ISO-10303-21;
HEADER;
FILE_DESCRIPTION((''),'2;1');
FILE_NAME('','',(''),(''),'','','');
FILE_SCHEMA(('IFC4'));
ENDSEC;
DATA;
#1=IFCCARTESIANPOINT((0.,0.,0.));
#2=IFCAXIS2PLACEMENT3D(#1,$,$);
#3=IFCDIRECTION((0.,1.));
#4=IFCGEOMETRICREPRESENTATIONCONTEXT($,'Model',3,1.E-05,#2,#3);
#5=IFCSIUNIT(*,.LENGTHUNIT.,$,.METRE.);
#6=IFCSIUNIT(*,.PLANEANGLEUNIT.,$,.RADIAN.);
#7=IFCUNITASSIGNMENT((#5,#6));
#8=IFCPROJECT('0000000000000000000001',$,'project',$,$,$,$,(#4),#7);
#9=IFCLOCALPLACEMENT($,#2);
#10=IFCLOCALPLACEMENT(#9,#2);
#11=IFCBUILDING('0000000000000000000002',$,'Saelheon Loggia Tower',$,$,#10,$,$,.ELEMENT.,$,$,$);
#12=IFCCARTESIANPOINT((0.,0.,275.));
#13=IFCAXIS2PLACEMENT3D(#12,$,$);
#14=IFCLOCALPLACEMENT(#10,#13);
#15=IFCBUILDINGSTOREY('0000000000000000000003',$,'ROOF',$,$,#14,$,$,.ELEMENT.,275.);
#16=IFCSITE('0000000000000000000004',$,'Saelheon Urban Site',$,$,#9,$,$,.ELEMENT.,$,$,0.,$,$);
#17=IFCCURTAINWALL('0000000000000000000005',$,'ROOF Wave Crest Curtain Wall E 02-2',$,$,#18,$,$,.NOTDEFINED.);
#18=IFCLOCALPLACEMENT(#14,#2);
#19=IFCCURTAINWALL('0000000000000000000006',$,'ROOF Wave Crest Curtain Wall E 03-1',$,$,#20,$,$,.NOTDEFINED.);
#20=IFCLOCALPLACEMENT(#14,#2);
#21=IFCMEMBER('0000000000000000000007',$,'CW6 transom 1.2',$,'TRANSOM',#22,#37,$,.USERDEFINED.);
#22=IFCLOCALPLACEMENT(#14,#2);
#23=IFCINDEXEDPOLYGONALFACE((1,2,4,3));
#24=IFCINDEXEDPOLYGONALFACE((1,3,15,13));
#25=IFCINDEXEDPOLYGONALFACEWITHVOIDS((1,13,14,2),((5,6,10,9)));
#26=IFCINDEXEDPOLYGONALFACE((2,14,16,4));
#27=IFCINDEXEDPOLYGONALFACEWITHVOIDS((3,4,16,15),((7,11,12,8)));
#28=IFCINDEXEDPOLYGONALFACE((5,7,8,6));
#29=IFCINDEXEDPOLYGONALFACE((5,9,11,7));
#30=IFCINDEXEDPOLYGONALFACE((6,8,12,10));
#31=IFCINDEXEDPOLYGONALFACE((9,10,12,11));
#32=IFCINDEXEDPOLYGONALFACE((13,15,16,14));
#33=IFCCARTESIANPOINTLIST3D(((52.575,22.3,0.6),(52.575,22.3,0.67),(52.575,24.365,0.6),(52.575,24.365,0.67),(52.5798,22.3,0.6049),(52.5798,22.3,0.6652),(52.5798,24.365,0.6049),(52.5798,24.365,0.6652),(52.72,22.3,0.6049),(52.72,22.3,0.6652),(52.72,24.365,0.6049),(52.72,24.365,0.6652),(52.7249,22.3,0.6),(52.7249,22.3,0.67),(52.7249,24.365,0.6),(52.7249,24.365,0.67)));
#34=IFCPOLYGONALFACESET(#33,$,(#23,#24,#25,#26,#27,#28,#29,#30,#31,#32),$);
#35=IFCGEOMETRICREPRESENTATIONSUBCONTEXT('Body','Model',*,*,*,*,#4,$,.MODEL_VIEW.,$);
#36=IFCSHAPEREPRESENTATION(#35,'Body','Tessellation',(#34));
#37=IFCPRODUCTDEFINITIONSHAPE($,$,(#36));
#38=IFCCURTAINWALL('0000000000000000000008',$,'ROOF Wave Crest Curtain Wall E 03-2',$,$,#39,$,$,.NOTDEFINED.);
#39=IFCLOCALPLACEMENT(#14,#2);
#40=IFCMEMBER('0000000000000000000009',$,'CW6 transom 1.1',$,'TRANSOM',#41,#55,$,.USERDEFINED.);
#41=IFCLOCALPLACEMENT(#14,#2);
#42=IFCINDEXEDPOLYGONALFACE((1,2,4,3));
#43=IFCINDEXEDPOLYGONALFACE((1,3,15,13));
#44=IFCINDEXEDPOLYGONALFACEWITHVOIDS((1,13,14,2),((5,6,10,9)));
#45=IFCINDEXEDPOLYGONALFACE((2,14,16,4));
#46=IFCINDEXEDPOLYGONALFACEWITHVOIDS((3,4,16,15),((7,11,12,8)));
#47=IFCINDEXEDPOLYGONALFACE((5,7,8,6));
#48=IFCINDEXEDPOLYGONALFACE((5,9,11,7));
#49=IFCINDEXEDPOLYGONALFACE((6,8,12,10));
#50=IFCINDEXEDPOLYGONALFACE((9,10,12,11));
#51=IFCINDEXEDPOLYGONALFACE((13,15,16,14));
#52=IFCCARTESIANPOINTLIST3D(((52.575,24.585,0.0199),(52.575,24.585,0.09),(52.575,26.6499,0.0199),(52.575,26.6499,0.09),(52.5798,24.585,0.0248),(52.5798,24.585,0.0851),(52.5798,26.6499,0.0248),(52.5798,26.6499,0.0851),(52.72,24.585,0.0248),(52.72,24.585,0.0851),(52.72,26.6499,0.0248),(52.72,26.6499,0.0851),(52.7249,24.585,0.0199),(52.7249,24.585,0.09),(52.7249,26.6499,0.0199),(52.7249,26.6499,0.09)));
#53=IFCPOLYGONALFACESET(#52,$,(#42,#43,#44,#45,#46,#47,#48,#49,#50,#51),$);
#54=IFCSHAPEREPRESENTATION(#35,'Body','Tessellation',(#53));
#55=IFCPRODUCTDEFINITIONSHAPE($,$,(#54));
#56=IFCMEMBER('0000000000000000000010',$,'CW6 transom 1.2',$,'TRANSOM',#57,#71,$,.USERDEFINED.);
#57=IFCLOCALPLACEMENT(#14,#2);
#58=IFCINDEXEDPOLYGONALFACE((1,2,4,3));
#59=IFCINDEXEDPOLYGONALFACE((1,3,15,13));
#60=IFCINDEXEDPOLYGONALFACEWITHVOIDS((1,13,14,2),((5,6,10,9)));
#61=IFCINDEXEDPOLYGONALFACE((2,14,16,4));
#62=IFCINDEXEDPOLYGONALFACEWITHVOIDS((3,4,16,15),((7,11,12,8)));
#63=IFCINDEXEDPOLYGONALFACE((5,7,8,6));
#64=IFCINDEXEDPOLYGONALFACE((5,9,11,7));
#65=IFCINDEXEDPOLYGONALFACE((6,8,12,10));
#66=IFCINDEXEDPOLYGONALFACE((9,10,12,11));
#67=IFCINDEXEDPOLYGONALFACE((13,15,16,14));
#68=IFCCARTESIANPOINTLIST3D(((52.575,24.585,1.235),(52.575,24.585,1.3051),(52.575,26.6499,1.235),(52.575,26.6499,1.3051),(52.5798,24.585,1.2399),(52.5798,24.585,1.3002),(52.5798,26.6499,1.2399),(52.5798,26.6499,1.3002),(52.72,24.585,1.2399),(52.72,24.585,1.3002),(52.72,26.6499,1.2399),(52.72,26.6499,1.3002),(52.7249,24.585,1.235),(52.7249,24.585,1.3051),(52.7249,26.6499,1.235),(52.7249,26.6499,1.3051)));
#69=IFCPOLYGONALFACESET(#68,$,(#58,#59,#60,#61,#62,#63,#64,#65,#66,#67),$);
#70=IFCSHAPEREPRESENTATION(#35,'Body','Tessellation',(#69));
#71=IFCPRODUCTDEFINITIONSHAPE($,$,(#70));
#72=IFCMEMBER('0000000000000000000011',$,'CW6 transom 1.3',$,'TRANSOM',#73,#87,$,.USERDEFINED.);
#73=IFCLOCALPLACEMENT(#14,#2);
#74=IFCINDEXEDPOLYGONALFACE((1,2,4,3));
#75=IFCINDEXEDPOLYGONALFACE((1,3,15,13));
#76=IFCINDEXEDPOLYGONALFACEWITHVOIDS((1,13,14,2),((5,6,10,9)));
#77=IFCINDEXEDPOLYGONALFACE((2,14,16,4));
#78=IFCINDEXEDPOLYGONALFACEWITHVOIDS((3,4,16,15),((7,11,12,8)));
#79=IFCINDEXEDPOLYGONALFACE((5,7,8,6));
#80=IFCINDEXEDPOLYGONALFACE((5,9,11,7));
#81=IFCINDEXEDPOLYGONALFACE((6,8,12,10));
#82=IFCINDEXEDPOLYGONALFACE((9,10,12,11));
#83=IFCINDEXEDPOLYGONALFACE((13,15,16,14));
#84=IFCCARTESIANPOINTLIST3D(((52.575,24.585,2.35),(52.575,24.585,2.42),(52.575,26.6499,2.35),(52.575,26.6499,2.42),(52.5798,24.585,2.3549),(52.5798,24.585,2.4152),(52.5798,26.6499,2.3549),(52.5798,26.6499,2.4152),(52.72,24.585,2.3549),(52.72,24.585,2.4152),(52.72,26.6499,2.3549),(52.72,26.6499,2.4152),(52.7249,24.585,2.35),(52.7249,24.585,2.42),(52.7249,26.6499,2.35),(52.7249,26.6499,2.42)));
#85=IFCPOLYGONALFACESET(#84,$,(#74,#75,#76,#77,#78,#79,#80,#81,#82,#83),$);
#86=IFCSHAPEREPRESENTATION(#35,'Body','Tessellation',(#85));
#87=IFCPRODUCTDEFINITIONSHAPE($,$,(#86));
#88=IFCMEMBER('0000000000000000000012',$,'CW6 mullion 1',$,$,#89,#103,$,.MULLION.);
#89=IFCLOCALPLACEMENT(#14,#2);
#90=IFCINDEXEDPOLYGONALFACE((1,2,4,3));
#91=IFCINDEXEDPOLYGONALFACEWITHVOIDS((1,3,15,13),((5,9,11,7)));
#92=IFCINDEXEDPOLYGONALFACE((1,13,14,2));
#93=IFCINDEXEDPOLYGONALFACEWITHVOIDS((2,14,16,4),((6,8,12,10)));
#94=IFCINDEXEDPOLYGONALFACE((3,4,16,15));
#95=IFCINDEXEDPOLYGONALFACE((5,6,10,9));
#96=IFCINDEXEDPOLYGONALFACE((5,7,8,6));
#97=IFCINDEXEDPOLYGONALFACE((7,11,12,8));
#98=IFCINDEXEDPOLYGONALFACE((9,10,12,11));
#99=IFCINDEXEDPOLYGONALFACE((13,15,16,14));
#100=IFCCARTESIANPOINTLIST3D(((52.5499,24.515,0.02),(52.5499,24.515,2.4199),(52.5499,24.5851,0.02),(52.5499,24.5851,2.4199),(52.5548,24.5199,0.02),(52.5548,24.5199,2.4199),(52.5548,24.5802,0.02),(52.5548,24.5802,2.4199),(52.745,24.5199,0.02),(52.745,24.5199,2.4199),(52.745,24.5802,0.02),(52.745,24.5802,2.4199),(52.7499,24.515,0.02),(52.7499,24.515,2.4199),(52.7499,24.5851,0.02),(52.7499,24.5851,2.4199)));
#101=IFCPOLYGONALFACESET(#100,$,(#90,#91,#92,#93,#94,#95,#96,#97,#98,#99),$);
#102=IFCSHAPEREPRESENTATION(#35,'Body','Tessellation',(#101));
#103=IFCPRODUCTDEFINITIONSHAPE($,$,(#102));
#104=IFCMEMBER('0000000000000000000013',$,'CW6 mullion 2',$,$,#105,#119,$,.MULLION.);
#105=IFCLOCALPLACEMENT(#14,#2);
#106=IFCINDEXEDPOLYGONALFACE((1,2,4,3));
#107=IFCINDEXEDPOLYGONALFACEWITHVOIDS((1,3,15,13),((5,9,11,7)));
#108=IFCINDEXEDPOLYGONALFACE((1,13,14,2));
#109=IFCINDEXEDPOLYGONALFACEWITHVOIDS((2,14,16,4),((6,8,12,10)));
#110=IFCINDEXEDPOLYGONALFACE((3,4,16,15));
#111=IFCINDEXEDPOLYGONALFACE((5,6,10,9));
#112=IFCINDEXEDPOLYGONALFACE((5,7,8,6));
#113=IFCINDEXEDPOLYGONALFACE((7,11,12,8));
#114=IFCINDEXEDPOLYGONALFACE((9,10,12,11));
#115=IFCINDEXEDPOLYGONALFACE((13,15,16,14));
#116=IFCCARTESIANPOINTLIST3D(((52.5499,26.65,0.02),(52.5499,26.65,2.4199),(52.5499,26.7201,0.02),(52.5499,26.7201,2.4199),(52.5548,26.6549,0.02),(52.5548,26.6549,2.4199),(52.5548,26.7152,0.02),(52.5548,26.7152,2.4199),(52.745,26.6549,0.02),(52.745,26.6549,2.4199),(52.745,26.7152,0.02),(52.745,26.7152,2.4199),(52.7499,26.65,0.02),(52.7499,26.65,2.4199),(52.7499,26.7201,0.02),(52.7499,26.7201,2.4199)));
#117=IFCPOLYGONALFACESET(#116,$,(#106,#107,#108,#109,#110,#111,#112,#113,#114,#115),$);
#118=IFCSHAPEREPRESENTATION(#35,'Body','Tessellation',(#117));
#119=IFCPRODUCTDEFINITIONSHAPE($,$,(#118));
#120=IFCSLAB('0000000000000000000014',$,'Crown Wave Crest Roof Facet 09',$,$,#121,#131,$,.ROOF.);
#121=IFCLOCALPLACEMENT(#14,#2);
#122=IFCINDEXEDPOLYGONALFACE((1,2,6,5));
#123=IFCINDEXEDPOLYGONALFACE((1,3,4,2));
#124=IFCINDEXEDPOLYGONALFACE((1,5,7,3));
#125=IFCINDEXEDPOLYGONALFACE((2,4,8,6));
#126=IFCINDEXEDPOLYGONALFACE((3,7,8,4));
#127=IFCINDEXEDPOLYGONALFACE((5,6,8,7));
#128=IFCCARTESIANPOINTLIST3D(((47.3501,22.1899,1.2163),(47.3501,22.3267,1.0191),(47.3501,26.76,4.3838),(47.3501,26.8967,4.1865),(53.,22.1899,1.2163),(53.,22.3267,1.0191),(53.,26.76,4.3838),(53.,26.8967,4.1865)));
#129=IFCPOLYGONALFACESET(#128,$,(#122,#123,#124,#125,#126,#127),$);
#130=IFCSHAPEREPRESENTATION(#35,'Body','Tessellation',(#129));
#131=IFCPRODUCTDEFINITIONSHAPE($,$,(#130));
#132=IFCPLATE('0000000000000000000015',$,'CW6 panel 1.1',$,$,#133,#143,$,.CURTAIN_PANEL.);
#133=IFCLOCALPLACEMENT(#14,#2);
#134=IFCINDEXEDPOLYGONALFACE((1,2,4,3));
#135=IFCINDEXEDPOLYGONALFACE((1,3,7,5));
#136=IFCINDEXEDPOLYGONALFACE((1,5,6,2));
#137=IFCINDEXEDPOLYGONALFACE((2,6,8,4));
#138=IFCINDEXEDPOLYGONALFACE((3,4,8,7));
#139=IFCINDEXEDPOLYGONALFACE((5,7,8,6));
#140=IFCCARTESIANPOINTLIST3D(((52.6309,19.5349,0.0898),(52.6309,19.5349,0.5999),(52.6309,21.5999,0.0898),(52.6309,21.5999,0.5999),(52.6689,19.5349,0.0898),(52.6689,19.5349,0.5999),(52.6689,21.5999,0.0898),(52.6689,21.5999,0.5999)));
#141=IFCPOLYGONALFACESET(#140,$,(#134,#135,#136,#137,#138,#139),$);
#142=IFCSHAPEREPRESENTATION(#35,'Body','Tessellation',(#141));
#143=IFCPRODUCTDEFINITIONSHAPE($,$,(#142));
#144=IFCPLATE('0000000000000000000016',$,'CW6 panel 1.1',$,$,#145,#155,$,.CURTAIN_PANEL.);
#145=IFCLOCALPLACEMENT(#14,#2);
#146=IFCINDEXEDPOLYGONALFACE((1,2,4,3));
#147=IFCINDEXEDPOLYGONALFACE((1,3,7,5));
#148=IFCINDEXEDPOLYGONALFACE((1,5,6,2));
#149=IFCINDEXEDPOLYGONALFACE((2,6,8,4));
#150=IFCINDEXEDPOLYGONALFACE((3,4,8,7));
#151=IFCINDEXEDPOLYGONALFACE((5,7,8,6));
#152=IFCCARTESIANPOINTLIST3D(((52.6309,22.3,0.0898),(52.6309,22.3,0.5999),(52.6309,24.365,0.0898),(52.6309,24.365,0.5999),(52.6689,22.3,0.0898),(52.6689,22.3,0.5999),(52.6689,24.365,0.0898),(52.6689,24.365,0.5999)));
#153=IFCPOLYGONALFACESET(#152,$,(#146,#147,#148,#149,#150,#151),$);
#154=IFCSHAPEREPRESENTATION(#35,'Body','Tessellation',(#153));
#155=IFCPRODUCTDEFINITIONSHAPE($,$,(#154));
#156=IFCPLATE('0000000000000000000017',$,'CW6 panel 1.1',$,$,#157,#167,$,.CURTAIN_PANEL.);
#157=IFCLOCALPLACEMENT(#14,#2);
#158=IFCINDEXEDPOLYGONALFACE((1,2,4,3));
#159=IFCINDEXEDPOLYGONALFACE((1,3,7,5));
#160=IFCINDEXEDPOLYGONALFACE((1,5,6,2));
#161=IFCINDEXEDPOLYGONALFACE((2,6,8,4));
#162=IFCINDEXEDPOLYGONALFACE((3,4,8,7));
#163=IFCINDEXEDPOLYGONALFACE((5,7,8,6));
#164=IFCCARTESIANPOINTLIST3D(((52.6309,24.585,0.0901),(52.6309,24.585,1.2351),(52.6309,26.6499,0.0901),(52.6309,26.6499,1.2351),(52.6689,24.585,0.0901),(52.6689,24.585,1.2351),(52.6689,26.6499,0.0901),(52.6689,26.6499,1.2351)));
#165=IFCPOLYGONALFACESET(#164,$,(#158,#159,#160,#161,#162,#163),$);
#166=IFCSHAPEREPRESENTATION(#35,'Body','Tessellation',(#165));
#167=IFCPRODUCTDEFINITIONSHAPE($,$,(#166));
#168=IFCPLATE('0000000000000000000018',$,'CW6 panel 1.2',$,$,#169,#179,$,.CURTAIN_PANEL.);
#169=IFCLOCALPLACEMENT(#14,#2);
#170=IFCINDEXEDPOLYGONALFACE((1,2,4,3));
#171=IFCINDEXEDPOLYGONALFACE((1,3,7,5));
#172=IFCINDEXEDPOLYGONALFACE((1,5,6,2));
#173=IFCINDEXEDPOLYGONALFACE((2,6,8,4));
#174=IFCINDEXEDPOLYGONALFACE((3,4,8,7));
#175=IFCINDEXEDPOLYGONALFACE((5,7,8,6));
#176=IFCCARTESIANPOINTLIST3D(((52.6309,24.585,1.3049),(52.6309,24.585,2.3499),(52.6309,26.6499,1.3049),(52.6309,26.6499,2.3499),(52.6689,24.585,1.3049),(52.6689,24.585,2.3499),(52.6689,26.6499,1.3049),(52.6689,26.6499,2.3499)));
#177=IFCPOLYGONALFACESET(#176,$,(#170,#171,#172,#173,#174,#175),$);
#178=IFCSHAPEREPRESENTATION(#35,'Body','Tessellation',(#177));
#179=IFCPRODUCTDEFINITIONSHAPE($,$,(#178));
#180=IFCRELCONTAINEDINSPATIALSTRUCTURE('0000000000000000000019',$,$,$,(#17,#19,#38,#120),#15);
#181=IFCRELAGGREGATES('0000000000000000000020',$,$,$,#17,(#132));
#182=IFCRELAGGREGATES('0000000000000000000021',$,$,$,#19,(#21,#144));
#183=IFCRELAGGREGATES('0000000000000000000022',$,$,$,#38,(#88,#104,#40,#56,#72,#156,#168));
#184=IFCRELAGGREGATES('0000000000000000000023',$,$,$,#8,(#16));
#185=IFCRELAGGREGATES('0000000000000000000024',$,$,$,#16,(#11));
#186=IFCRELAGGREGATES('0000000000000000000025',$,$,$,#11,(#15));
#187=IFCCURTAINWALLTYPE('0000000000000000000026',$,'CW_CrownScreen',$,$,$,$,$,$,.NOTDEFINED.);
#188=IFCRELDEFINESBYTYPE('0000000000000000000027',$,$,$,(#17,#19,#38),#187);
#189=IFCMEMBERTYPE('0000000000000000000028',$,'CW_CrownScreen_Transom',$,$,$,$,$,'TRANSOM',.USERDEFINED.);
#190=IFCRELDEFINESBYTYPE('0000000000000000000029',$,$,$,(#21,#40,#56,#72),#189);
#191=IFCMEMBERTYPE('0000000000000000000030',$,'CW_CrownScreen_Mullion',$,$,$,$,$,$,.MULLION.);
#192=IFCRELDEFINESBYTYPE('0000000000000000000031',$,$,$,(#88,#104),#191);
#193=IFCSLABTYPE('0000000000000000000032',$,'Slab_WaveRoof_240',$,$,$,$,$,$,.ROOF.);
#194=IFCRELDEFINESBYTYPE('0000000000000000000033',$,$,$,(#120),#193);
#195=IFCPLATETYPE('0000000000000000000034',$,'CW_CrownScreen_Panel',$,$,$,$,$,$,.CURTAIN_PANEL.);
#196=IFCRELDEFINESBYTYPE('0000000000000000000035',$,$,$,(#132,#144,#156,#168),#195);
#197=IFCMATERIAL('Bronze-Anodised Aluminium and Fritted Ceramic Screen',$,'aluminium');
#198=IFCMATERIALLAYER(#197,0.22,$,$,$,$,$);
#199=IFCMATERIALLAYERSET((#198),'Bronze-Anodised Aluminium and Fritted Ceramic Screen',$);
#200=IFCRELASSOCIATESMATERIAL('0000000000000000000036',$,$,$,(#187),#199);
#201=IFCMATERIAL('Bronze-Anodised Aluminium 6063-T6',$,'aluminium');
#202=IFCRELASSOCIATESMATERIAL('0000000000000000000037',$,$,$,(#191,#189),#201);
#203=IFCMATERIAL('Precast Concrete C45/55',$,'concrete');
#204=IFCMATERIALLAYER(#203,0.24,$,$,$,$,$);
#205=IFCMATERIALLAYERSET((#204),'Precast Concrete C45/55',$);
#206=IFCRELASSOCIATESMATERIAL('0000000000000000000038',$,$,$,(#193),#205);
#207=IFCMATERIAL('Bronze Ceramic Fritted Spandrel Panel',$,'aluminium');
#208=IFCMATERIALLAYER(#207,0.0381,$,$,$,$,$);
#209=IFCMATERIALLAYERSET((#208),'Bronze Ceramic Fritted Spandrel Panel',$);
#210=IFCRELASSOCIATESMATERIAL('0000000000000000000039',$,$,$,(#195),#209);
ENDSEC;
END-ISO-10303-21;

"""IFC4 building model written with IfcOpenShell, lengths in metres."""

from ifc_helpers import new_model, si_unit, direction, frame, origin, origin_2d, place, context, subcontext, project, spatial, polyline, rectangle, hollow_rectangle, outline, extrude, source, transform, mapped, material, layer, layer_set, material_profile, profile_set, type_object, element, aggregate, save


model = new_model("IFC4")

# Units and contexts
model_context = context("Model", 3, precision=1e-05, world=origin(), true_north=direction((0.0, 1.0)))
body_context = subcontext(model_context, "Body", "Model", "MODEL_VIEW")
ifc_project = project(units=[si_unit("LENGTHUNIT", "METRE"), si_unit("PLANEANGLEUNIT", "RADIAN")], contexts=[model_context])

# Site, building, storey
site_placement = place(None, origin())
site = spatial("IfcSite", under=ifc_project, at=site_placement, Name="Saelheon Urban Site", CompositionType="ELEMENT", RefElevation=0.0)
building_placement = place(site_placement, origin())
building = spatial("IfcBuilding", under=site, at=building_placement, Name="Saelheon Loggia Tower", CompositionType="ELEMENT")
storey_placement = place(building_placement, frame((0.0, 0.0, 275.0)))
storey = spatial("IfcBuildingStorey", under=building, at=storey_placement, Name="ROOF", CompositionType="ELEMENT", Elevation=275.0)

# Curtain wall
ifc_material_1 = material(Name="Bronze-Anodised Aluminium and Fritted Ceramic Screen", Category="aluminium")
ifc_layer_1 = layer(ifc_material_1, 0.22)
ifc_layer_set_1 = layer_set([ifc_layer_1], Name="Bronze-Anodised Aluminium and Fritted Ceramic Screen")
curtain_wall_type = type_object("IfcCurtainWallType", Name="CW_CrownScreen", PredefinedType="NOTDEFINED", material=ifc_layer_set_1)
curtain_wall_1_placement = place(storey_placement, origin())
curtain_wall_1 = element("IfcCurtainWall", 1, at=curtain_wall_1_placement, inside=storey, type_object=curtain_wall_type, Name="ROOF Wave Crest Curtain Wall E 02-2", PredefinedType="NOTDEFINED")
ifc_material_2 = material(Name="Bronze-Anodised Aluminium 6063-T6", Category="aluminium")
ifc_material_profile_1 = material_profile(ifc_material_2, hollow_rectangle(XDim=0.0701, YDim=0.2, WallThickness=0.0049, at=origin_2d()), Name="RHS-200x70x5")
ifc_profile_set_1 = profile_set([ifc_material_profile_1], Name="Bronze-Anodised Aluminium 6063-T6")
member_type_1 = type_object("IfcMemberType", Name="CW_CrownScreen_Mullion", PredefinedType="MULLION", material=ifc_profile_set_1)

# Curtain walls, members
curtain_wall_2_placement = place(storey_placement, origin())
curtain_wall_2 = element("IfcCurtainWall", 2, at=curtain_wall_2_placement, inside=storey, type_object=curtain_wall_type, Name="ROOF Wave Crest Curtain Wall E 03-1", PredefinedType="NOTDEFINED")
ifc_material_profile_2 = material_profile(ifc_material_2, hollow_rectangle(XDim=0.0701, YDim=0.1499, WallThickness=0.0049, at=origin_2d()), Name="RHS-150x70x5")
ifc_profile_set_2 = profile_set([ifc_material_profile_2], Name="Bronze-Anodised Aluminium 6063-T6")
member_type_2 = type_object("IfcMemberType", Name="CW_CrownScreen_Transom", ElementType="TRANSOM", PredefinedType="USERDEFINED", material=ifc_profile_set_2)
shared_shape_1 = source(origin(), body_context, "Body", "SweptSolid", [
    extrude(hollow_rectangle(XDim=0.0701, YDim=0.1499, WallThickness=0.0049, at=origin_2d()), origin(), (0.0, 0.0, 1.0), 2.0649),
])
member_1_placement = place(storey_placement, frame((52.6499, 22.3, 0.635), z_axis=(0.0, 1.0, 0.0), x_axis=(0.0, 0.0, 1.0)))
member_1 = element("IfcMember", 3, at=member_1_placement, type_object=member_type_2, Name="CW6 transom 1.2", ObjectType="TRANSOM", PredefinedType="USERDEFINED", context=body_context, shape_type="MappedRepresentation", body=[
    mapped(shared_shape_1, transform((0.0, 0.0, 0.0), scale=1.0)),
])
curtain_wall_3_placement = place(storey_placement, origin())
curtain_wall_3 = element("IfcCurtainWall", 4, at=curtain_wall_3_placement, inside=storey, type_object=curtain_wall_type, Name="ROOF Wave Crest Curtain Wall E 03-2", PredefinedType="NOTDEFINED")
member_2_placement = place(storey_placement, frame((52.6499, 24.585, 0.0549), z_axis=(0.0, 1.0, 0.0), x_axis=(0.0, 0.0, 1.0)))
member_2 = element("IfcMember", 5, at=member_2_placement, type_object=member_type_2, Name="CW6 transom 1.1", ObjectType="TRANSOM", PredefinedType="USERDEFINED", context=body_context, shape_type="MappedRepresentation", body=[
    mapped(shared_shape_1, transform((0.0, 0.0, 0.0), scale=1.0)),
])
member_3_placement = place(storey_placement, frame((52.6499, 24.585, 1.27), z_axis=(0.0, 1.0, 0.0), x_axis=(0.0, 0.0, 1.0)))
member_3 = element("IfcMember", 6, at=member_3_placement, type_object=member_type_2, Name="CW6 transom 1.2", ObjectType="TRANSOM", PredefinedType="USERDEFINED", context=body_context, shape_type="MappedRepresentation", body=[
    mapped(shared_shape_1, transform((0.0, 0.0, 0.0), scale=1.0)),
])
member_4_placement = place(storey_placement, frame((52.6499, 24.585, 2.385), z_axis=(0.0, 1.0, 0.0), x_axis=(0.0, 0.0, 1.0)))
member_4 = element("IfcMember", 7, at=member_4_placement, type_object=member_type_2, Name="CW6 transom 1.3", ObjectType="TRANSOM", PredefinedType="USERDEFINED", context=body_context, shape_type="MappedRepresentation", body=[
    mapped(shared_shape_1, transform((0.0, 0.0, 0.0), scale=1.0)),
])
shared_shape_2 = source(origin(), body_context, "Body", "SweptSolid", [
    extrude(hollow_rectangle(XDim=0.0701, YDim=0.2, WallThickness=0.0049, at=origin_2d()), origin(), (0.0, 0.0, 1.0), 2.3999),
])
member_5_placement = place(storey_placement, frame((52.6499, 24.55, 0.02), z_axis=(0.0, 0.0, 1.0), x_axis=(0.0, 1.0, 0.0)))
member_5 = element("IfcMember", 8, at=member_5_placement, type_object=member_type_1, Name="CW6 mullion 1", PredefinedType="MULLION", context=body_context, shape_type="MappedRepresentation", body=[
    mapped(shared_shape_2, transform((0.0, 0.0, 0.0), scale=1.0)),
])
member_6_placement = place(storey_placement, frame((52.6499, 26.6851, 0.02), z_axis=(0.0, 0.0, 1.0), x_axis=(0.0, 1.0, 0.0)))
member_6 = element("IfcMember", 9, at=member_6_placement, type_object=member_type_1, Name="CW6 mullion 2", PredefinedType="MULLION", context=body_context, shape_type="MappedRepresentation", body=[
    mapped(shared_shape_2, transform((0.0, 0.0, 0.0), scale=1.0)),
])

# Slab
ifc_material_3 = material(Name="Precast Concrete C45/55", Category="concrete")
ifc_layer_2 = layer(ifc_material_3, 0.24)
ifc_layer_set_2 = layer_set([ifc_layer_2], Name="Precast Concrete C45/55")
slab_type = type_object("IfcSlabType", Name="Slab_WaveRoof_240", PredefinedType="ROOF", material=ifc_layer_set_2)
slab_placement = place(storey_placement, frame((47.3501, 22.1899, 1.2163), z_axis=(0.0, -0.569646, 0.82189), x_axis=(1.0, 0.0, 0.0)))
element("IfcSlab", 10, at=slab_placement, inside=storey, type_object=slab_type, Name="Crown Wave Crest Roof Facet 09", PredefinedType="ROOF", context=body_context, shape_type="SweptSolid", body=[
    extrude(outline(polyline([(0.0, 0.0), (5.6499, 0.0), (5.6499, 5.5604), (0.0, 5.5604), (0.0, 0.0)])), origin(), (0.0, 0.0, -1.0), 0.24),
])

# Plates
ifc_material_4 = material(Name="Bronze Ceramic Fritted Spandrel Panel", Category="aluminium")
ifc_layer_3 = layer(ifc_material_4, 0.0381)
ifc_layer_set_3 = layer_set([ifc_layer_3], Name="Bronze Ceramic Fritted Spandrel Panel")
plate_type = type_object("IfcPlateType", Name="CW_CrownScreen_Panel", PredefinedType="CURTAIN_PANEL", material=ifc_layer_set_3)
shared_shape_3 = source(origin(), body_context, "Body", "SweptSolid", [
    extrude(rectangle(XDim=2.0649, YDim=0.0381, at=origin_2d()), origin(), (0.0, 0.0, 1.0), 0.51),
])
plate_1_placement = place(storey_placement, frame((52.6499, 20.5674, 0.0898), z_axis=(0.0, 0.0, 1.0), x_axis=(0.0, 1.0, 0.0)))
plate_1 = element("IfcPlate", 11, at=plate_1_placement, type_object=plate_type, Name="CW6 panel 1.1", PredefinedType="CURTAIN_PANEL", context=body_context, shape_type="MappedRepresentation", body=[
    mapped(shared_shape_3, transform((0.0, 0.0, 0.0), scale=1.0)),
])
aggregate(curtain_wall_1, [plate_1])
plate_2_placement = place(storey_placement, frame((52.6499, 23.3325, 0.0898), z_axis=(0.0, 0.0, 1.0), x_axis=(0.0, 1.0, 0.0)))
plate_2 = element("IfcPlate", 12, at=plate_2_placement, type_object=plate_type, Name="CW6 panel 1.1", PredefinedType="CURTAIN_PANEL", context=body_context, shape_type="MappedRepresentation", body=[
    mapped(shared_shape_3, transform((0.0, 0.0, 0.0), scale=1.0)),
])
aggregate(curtain_wall_2, [member_1, plate_2])
shared_shape_4 = source(origin(), body_context, "Body", "SweptSolid", [
    extrude(rectangle(XDim=2.0649, YDim=0.0381, at=origin_2d()), origin(), (0.0, 0.0, 1.0), 1.145),
])
plate_3_placement = place(storey_placement, frame((52.6499, 25.6174, 0.0901), z_axis=(0.0, 0.0, 1.0), x_axis=(0.0, 1.0, 0.0)))
plate_3 = element("IfcPlate", 13, at=plate_3_placement, type_object=plate_type, Name="CW6 panel 1.1", PredefinedType="CURTAIN_PANEL", context=body_context, shape_type="MappedRepresentation", body=[
    mapped(shared_shape_4, transform((0.0, 0.0, 0.0), scale=1.0)),
])
shared_shape_5 = source(origin(), body_context, "Body", "SweptSolid", [
    extrude(rectangle(XDim=2.0649, YDim=0.0381, at=origin_2d()), origin(), (0.0, 0.0, 1.0), 1.0449),
])
plate_4_placement = place(storey_placement, frame((52.6499, 25.6174, 1.3049), z_axis=(0.0, 0.0, 1.0), x_axis=(0.0, 1.0, 0.0)))
plate_4 = element("IfcPlate", 14, at=plate_4_placement, type_object=plate_type, Name="CW6 panel 1.2", PredefinedType="CURTAIN_PANEL", context=body_context, shape_type="MappedRepresentation", body=[
    mapped(shared_shape_5, transform((0.0, 0.0, 0.0), scale=1.0)),
])
aggregate(curtain_wall_3, [member_5, member_6, member_2, member_3, member_4, plate_3, plate_4])

save(model, "model.ifc")
